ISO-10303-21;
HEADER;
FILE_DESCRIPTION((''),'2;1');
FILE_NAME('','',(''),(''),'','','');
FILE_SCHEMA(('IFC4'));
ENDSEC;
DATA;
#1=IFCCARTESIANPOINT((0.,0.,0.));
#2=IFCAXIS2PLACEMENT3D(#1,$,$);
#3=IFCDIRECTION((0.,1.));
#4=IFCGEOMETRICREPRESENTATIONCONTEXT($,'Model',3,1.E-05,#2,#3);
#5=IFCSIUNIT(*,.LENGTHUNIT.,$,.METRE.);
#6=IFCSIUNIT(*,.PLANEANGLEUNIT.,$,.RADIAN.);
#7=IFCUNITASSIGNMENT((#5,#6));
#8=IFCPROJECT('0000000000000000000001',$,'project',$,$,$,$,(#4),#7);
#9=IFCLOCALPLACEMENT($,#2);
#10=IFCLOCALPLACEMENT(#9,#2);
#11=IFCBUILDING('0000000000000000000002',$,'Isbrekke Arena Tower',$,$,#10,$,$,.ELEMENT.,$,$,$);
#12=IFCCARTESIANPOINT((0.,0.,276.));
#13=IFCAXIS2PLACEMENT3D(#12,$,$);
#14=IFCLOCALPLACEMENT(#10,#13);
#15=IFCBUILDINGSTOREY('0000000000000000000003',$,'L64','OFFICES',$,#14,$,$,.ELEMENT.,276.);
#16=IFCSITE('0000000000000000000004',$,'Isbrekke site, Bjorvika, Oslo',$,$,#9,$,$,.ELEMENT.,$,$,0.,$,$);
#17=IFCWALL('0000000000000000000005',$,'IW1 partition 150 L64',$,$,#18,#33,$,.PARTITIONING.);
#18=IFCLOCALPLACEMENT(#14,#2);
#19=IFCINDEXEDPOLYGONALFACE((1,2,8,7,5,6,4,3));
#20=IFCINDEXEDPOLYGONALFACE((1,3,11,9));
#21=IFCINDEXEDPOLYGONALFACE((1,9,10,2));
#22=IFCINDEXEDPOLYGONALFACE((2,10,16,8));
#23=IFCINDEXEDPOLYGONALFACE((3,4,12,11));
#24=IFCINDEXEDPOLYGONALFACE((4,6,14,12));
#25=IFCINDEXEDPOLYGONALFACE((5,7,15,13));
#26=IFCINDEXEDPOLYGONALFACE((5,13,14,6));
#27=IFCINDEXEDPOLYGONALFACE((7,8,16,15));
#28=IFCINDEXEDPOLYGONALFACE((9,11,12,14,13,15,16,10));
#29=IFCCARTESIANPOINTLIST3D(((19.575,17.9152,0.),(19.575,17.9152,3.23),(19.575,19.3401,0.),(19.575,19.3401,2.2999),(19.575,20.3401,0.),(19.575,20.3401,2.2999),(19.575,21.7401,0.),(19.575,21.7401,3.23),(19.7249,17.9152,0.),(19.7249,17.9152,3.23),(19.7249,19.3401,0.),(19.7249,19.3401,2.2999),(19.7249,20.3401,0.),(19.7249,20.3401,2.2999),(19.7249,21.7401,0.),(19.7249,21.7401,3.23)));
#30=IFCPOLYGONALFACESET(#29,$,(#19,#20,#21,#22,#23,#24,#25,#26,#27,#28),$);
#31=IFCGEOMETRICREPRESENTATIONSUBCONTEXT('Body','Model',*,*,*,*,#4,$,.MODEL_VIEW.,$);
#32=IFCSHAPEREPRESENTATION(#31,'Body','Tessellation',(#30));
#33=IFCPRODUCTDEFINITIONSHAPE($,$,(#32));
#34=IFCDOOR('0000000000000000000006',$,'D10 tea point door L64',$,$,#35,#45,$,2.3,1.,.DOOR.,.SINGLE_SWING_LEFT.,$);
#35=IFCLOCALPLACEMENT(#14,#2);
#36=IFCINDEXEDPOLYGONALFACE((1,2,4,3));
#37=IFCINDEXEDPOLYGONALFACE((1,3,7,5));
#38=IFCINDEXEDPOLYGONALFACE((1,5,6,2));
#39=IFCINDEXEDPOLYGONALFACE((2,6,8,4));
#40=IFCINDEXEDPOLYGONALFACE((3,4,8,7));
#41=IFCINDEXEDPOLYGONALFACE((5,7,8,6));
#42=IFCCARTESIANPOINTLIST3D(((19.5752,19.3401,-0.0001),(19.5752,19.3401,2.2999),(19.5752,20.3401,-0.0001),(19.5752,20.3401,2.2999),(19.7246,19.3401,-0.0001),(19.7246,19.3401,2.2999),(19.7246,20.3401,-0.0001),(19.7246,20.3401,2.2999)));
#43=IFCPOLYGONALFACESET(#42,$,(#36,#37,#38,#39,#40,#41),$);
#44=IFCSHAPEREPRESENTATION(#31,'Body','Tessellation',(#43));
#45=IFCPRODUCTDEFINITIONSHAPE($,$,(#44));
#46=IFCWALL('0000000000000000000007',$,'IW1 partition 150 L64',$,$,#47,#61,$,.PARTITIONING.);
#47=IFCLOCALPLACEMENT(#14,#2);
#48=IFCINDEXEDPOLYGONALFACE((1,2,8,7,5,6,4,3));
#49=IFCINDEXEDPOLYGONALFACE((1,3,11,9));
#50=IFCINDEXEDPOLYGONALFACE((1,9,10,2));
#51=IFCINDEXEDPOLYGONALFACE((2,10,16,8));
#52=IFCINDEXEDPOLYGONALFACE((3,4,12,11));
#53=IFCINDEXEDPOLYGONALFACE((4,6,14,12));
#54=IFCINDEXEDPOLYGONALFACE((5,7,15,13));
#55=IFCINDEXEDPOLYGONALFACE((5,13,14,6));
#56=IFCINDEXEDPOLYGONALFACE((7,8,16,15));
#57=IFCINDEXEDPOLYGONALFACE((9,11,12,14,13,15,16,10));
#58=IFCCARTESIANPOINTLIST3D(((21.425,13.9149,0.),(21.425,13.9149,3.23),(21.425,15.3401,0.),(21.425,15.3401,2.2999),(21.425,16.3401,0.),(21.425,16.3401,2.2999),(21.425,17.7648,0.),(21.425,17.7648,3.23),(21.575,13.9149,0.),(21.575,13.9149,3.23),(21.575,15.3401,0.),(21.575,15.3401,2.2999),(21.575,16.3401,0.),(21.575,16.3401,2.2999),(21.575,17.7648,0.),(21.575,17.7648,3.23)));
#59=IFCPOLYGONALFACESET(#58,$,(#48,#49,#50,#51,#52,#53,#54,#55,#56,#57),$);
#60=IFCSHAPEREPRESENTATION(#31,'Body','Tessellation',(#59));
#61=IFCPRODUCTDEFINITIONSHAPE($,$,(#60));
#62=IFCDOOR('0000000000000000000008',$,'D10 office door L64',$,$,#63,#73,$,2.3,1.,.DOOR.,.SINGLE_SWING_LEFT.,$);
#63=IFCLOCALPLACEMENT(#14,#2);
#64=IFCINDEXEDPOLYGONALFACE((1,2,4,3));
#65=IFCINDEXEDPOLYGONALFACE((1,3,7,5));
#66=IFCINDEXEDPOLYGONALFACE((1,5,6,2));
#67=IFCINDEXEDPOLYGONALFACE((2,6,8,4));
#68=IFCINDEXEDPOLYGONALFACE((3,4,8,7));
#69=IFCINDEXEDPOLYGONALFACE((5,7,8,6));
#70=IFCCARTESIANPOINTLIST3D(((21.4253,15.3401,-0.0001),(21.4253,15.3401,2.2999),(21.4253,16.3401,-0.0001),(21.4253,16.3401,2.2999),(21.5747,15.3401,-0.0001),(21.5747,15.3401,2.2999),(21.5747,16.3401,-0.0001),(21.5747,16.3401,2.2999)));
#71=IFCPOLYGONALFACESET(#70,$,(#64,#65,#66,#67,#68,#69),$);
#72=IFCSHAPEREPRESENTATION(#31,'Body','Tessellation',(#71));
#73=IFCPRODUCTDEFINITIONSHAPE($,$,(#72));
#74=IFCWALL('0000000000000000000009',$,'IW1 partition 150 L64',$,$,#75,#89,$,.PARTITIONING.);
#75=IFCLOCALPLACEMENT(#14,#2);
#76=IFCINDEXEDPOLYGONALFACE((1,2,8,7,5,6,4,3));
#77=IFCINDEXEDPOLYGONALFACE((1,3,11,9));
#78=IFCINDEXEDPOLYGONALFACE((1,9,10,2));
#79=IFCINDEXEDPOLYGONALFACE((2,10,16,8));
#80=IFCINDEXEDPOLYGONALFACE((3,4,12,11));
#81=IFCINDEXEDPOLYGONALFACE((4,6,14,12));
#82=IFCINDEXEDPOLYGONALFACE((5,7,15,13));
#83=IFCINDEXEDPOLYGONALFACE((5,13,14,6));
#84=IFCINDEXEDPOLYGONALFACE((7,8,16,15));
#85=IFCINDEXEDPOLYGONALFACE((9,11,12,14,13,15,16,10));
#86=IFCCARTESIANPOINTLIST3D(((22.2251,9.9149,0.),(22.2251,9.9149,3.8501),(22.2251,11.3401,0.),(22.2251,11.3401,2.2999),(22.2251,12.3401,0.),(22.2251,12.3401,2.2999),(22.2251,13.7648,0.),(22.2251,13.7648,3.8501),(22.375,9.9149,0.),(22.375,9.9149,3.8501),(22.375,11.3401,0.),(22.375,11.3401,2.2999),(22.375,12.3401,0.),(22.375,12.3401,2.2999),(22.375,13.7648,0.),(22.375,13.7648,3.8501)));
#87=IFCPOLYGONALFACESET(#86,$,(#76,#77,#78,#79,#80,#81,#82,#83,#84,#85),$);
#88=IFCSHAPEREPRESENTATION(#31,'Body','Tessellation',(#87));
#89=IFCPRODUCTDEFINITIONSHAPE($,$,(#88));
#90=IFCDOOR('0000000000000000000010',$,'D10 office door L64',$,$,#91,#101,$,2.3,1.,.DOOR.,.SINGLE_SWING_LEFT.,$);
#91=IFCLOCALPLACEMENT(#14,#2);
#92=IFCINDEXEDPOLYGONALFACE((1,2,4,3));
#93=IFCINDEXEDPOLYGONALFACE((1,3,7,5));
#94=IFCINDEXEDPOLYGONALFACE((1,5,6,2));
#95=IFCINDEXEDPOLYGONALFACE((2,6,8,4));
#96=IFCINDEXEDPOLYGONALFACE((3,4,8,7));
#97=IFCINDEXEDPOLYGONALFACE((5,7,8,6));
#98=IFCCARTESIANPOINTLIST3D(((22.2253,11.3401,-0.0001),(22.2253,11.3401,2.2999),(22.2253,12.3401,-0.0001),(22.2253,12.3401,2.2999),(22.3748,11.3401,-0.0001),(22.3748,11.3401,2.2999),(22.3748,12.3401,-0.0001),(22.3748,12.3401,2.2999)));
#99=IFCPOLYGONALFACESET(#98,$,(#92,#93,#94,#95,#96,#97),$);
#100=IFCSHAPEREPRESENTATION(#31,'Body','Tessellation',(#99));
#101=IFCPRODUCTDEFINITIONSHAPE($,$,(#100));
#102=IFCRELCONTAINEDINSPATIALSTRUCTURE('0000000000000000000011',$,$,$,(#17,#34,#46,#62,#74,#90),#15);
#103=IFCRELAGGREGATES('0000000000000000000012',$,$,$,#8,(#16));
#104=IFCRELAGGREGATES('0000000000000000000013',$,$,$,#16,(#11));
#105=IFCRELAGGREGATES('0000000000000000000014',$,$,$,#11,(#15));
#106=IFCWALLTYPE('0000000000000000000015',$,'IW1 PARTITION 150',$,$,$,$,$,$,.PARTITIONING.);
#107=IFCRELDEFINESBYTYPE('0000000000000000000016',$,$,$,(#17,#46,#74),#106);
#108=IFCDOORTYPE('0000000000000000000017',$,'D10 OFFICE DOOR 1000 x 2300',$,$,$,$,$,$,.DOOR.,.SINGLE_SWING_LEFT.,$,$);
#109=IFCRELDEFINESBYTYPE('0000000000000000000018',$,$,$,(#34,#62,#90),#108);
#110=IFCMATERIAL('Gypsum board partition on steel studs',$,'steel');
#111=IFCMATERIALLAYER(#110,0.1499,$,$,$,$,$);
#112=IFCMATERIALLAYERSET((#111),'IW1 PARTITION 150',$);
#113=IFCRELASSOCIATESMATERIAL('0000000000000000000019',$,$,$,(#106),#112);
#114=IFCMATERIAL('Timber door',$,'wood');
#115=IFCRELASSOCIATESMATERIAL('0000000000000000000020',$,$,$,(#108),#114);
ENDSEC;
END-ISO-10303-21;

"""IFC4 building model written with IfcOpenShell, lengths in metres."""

from ifc_helpers import new_model, si_unit, direction, frame, frame_2d, origin, place, context, subcontext, project, spatial, rectangle, extrude, material, layer, layer_set, type_object, element, fill, save


model = new_model("IFC4")

# Units and contexts
model_context = context("Model", 3, precision=1e-05, world=origin(), true_north=direction((0.0, 1.0)))
body_context = subcontext(model_context, "Body", "Model", "MODEL_VIEW")
ifc_project = project(units=[si_unit("LENGTHUNIT", "METRE"), si_unit("PLANEANGLEUNIT", "RADIAN")], contexts=[model_context])

# Site, building, storey
site_placement = place(None, origin())
site = spatial("IfcSite", under=ifc_project, at=site_placement, Name="Isbrekke site, Bjorvika, Oslo", CompositionType="ELEMENT", RefElevation=0.0)
building_placement = place(site_placement, origin())
building = spatial("IfcBuilding", under=site, at=building_placement, Name="Isbrekke Arena Tower", CompositionType="ELEMENT")
storey_placement = place(building_placement, frame((0.0, 0.0, 276.0)))
storey = spatial("IfcBuildingStorey", under=building, at=storey_placement, Name="L64", Description="OFFICES", CompositionType="ELEMENT", Elevation=276.0)

# Shared definitions
ifc_material_1 = material(Name="Gypsum board partition on steel studs", Category="steel")
ifc_layer_1 = layer(ifc_material_1, 0.1499)
ifc_layer_set_1 = layer_set([ifc_layer_1], Name="IW1 PARTITION 150")
wall_type = type_object("IfcWallType", Name="IW1 PARTITION 150", PredefinedType="PARTITIONING", material=ifc_layer_set_1)

# Walls, openings, doors
wall_1_placement = place(storey_placement, frame((19.6499, 17.915, 0.0), z_axis=(0.0, 0.0, 1.0), x_axis=(0.0, 1.0, 0.0)))
wall_1 = element("IfcWall", 1, at=wall_1_placement, inside=storey, type_object=wall_type, Name="IW1 partition 150 L64", PredefinedType="PARTITIONING", context=body_context, shape_type="SweptSolid", body=[
    extrude(rectangle(XDim=3.825, YDim=0.1499, at=frame_2d((1.9126, 0.0))), origin(), (0.0, 0.0, 1.0), 3.23),
])
opening_1_placement = place(wall_1_placement, frame((1.425, 0.0, 0.0)))
opening_1 = element("IfcOpeningElement", 2, at=opening_1_placement, cuts=wall_1, PredefinedType="OPENING", context=body_context, shape_type="SweptSolid", body=[
    extrude(rectangle(XDim=1.0, YDim=2.3, at=frame_2d((0.5, 1.1499))), frame((0.0, 0.0898, 0.0), z_axis=(0.0, -1.0, 0.0), x_axis=(1.0, 0.0, 0.0)), (0.0, 0.0, 1.0), 0.1797),
])
ifc_material_2 = material(Name="Timber door", Category="wood")
door_type = type_object("IfcDoorType", Name="D10 OFFICE DOOR 1000 x 2300", OperationType="SINGLE_SWING_LEFT", PredefinedType="DOOR", material=ifc_material_2)
door_1_placement = place(opening_1_placement, origin())
door_1 = element("IfcDoor", 3, at=door_1_placement, inside=storey, type_object=door_type, Name="D10 tea point door L64", OperationType="SINGLE_SWING_LEFT", OverallHeight=2.3, OverallWidth=1.0, PredefinedType="DOOR", context=body_context, shape_type="SweptSolid", body=[
    extrude(rectangle(XDim=1.0, YDim=2.3, at=frame_2d((0.5, 1.1499))), frame((0.0, 0.0747, 0.0), z_axis=(0.0, -1.0, 0.0), x_axis=(1.0, 0.0, 0.0)), (0.0, 0.0, 1.0), 0.1494),
])
fill(opening_1, door_1)
wall_2_placement = place(storey_placement, frame((21.5, 13.915, 0.0), z_axis=(0.0, 0.0, 1.0), x_axis=(0.0, 1.0, 0.0)))
wall_2 = element("IfcWall", 4, at=wall_2_placement, inside=storey, type_object=wall_type, Name="IW1 partition 150 L64", PredefinedType="PARTITIONING", context=body_context, shape_type="SweptSolid", body=[
    extrude(rectangle(XDim=3.8499, YDim=0.1499, at=frame_2d((1.9248, 0.0))), origin(), (0.0, 0.0, 1.0), 3.23),
])
opening_2_placement = place(wall_2_placement, frame((1.425, 0.0, 0.0)))
opening_2 = element("IfcOpeningElement", 5, at=opening_2_placement, cuts=wall_2, PredefinedType="OPENING", context=body_context, shape_type="SweptSolid", body=[
    extrude(rectangle(XDim=1.0, YDim=2.3, at=frame_2d((0.5, 1.1499))), frame((0.0, 0.0898, 0.0), z_axis=(0.0, -1.0, 0.0), x_axis=(1.0, 0.0, 0.0)), (0.0, 0.0, 1.0), 0.1797),
])
door_2_placement = place(opening_2_placement, origin())
door_2 = element("IfcDoor", 6, at=door_2_placement, inside=storey, type_object=door_type, Name="D10 office door L64", OperationType="SINGLE_SWING_LEFT", OverallHeight=2.3, OverallWidth=1.0, PredefinedType="DOOR", context=body_context, shape_type="SweptSolid", body=[
    extrude(rectangle(XDim=1.0, YDim=2.3, at=frame_2d((0.5, 1.1499))), frame((0.0, 0.0747, 0.0), z_axis=(0.0, -1.0, 0.0), x_axis=(1.0, 0.0, 0.0)), (0.0, 0.0, 1.0), 0.1494),
])
fill(opening_2, door_2)
wall_3_placement = place(storey_placement, frame((22.3, 9.915, 0.0), z_axis=(0.0, 0.0, 1.0), x_axis=(0.0, 1.0, 0.0)))
wall_3 = element("IfcWall", 7, at=wall_3_placement, inside=storey, type_object=wall_type, Name="IW1 partition 150 L64", PredefinedType="PARTITIONING", context=body_context, shape_type="SweptSolid", body=[
    extrude(rectangle(XDim=3.8499, YDim=0.1499, at=frame_2d((1.9248, 0.0))), origin(), (0.0, 0.0, 1.0), 3.8501),
])
opening_3_placement = place(wall_3_placement, frame((1.425, 0.0, 0.0)))
opening_3 = element("IfcOpeningElement", 8, at=opening_3_placement, cuts=wall_3, PredefinedType="OPENING", context=body_context, shape_type="SweptSolid", body=[
    extrude(rectangle(XDim=1.0, YDim=2.3, at=frame_2d((0.5, 1.1499))), frame((0.0, 0.0898, 0.0), z_axis=(0.0, -1.0, 0.0), x_axis=(1.0, 0.0, 0.0)), (0.0, 0.0, 1.0), 0.1797),
])
door_3_placement = place(opening_3_placement, origin())
door_3 = element("IfcDoor", 9, at=door_3_placement, inside=storey, type_object=door_type, Name="D10 office door L64", OperationType="SINGLE_SWING_LEFT", OverallHeight=2.3, OverallWidth=1.0, PredefinedType="DOOR", context=body_context, shape_type="SweptSolid", body=[
    extrude(rectangle(XDim=1.0, YDim=2.3, at=frame_2d((0.5, 1.1499))), frame((0.0, 0.0747, 0.0), z_axis=(0.0, -1.0, 0.0), x_axis=(1.0, 0.0, 0.0)), (0.0, 0.0, 1.0), 0.1494),
])
fill(opening_3, door_3)

save(model, "model.ifc")
